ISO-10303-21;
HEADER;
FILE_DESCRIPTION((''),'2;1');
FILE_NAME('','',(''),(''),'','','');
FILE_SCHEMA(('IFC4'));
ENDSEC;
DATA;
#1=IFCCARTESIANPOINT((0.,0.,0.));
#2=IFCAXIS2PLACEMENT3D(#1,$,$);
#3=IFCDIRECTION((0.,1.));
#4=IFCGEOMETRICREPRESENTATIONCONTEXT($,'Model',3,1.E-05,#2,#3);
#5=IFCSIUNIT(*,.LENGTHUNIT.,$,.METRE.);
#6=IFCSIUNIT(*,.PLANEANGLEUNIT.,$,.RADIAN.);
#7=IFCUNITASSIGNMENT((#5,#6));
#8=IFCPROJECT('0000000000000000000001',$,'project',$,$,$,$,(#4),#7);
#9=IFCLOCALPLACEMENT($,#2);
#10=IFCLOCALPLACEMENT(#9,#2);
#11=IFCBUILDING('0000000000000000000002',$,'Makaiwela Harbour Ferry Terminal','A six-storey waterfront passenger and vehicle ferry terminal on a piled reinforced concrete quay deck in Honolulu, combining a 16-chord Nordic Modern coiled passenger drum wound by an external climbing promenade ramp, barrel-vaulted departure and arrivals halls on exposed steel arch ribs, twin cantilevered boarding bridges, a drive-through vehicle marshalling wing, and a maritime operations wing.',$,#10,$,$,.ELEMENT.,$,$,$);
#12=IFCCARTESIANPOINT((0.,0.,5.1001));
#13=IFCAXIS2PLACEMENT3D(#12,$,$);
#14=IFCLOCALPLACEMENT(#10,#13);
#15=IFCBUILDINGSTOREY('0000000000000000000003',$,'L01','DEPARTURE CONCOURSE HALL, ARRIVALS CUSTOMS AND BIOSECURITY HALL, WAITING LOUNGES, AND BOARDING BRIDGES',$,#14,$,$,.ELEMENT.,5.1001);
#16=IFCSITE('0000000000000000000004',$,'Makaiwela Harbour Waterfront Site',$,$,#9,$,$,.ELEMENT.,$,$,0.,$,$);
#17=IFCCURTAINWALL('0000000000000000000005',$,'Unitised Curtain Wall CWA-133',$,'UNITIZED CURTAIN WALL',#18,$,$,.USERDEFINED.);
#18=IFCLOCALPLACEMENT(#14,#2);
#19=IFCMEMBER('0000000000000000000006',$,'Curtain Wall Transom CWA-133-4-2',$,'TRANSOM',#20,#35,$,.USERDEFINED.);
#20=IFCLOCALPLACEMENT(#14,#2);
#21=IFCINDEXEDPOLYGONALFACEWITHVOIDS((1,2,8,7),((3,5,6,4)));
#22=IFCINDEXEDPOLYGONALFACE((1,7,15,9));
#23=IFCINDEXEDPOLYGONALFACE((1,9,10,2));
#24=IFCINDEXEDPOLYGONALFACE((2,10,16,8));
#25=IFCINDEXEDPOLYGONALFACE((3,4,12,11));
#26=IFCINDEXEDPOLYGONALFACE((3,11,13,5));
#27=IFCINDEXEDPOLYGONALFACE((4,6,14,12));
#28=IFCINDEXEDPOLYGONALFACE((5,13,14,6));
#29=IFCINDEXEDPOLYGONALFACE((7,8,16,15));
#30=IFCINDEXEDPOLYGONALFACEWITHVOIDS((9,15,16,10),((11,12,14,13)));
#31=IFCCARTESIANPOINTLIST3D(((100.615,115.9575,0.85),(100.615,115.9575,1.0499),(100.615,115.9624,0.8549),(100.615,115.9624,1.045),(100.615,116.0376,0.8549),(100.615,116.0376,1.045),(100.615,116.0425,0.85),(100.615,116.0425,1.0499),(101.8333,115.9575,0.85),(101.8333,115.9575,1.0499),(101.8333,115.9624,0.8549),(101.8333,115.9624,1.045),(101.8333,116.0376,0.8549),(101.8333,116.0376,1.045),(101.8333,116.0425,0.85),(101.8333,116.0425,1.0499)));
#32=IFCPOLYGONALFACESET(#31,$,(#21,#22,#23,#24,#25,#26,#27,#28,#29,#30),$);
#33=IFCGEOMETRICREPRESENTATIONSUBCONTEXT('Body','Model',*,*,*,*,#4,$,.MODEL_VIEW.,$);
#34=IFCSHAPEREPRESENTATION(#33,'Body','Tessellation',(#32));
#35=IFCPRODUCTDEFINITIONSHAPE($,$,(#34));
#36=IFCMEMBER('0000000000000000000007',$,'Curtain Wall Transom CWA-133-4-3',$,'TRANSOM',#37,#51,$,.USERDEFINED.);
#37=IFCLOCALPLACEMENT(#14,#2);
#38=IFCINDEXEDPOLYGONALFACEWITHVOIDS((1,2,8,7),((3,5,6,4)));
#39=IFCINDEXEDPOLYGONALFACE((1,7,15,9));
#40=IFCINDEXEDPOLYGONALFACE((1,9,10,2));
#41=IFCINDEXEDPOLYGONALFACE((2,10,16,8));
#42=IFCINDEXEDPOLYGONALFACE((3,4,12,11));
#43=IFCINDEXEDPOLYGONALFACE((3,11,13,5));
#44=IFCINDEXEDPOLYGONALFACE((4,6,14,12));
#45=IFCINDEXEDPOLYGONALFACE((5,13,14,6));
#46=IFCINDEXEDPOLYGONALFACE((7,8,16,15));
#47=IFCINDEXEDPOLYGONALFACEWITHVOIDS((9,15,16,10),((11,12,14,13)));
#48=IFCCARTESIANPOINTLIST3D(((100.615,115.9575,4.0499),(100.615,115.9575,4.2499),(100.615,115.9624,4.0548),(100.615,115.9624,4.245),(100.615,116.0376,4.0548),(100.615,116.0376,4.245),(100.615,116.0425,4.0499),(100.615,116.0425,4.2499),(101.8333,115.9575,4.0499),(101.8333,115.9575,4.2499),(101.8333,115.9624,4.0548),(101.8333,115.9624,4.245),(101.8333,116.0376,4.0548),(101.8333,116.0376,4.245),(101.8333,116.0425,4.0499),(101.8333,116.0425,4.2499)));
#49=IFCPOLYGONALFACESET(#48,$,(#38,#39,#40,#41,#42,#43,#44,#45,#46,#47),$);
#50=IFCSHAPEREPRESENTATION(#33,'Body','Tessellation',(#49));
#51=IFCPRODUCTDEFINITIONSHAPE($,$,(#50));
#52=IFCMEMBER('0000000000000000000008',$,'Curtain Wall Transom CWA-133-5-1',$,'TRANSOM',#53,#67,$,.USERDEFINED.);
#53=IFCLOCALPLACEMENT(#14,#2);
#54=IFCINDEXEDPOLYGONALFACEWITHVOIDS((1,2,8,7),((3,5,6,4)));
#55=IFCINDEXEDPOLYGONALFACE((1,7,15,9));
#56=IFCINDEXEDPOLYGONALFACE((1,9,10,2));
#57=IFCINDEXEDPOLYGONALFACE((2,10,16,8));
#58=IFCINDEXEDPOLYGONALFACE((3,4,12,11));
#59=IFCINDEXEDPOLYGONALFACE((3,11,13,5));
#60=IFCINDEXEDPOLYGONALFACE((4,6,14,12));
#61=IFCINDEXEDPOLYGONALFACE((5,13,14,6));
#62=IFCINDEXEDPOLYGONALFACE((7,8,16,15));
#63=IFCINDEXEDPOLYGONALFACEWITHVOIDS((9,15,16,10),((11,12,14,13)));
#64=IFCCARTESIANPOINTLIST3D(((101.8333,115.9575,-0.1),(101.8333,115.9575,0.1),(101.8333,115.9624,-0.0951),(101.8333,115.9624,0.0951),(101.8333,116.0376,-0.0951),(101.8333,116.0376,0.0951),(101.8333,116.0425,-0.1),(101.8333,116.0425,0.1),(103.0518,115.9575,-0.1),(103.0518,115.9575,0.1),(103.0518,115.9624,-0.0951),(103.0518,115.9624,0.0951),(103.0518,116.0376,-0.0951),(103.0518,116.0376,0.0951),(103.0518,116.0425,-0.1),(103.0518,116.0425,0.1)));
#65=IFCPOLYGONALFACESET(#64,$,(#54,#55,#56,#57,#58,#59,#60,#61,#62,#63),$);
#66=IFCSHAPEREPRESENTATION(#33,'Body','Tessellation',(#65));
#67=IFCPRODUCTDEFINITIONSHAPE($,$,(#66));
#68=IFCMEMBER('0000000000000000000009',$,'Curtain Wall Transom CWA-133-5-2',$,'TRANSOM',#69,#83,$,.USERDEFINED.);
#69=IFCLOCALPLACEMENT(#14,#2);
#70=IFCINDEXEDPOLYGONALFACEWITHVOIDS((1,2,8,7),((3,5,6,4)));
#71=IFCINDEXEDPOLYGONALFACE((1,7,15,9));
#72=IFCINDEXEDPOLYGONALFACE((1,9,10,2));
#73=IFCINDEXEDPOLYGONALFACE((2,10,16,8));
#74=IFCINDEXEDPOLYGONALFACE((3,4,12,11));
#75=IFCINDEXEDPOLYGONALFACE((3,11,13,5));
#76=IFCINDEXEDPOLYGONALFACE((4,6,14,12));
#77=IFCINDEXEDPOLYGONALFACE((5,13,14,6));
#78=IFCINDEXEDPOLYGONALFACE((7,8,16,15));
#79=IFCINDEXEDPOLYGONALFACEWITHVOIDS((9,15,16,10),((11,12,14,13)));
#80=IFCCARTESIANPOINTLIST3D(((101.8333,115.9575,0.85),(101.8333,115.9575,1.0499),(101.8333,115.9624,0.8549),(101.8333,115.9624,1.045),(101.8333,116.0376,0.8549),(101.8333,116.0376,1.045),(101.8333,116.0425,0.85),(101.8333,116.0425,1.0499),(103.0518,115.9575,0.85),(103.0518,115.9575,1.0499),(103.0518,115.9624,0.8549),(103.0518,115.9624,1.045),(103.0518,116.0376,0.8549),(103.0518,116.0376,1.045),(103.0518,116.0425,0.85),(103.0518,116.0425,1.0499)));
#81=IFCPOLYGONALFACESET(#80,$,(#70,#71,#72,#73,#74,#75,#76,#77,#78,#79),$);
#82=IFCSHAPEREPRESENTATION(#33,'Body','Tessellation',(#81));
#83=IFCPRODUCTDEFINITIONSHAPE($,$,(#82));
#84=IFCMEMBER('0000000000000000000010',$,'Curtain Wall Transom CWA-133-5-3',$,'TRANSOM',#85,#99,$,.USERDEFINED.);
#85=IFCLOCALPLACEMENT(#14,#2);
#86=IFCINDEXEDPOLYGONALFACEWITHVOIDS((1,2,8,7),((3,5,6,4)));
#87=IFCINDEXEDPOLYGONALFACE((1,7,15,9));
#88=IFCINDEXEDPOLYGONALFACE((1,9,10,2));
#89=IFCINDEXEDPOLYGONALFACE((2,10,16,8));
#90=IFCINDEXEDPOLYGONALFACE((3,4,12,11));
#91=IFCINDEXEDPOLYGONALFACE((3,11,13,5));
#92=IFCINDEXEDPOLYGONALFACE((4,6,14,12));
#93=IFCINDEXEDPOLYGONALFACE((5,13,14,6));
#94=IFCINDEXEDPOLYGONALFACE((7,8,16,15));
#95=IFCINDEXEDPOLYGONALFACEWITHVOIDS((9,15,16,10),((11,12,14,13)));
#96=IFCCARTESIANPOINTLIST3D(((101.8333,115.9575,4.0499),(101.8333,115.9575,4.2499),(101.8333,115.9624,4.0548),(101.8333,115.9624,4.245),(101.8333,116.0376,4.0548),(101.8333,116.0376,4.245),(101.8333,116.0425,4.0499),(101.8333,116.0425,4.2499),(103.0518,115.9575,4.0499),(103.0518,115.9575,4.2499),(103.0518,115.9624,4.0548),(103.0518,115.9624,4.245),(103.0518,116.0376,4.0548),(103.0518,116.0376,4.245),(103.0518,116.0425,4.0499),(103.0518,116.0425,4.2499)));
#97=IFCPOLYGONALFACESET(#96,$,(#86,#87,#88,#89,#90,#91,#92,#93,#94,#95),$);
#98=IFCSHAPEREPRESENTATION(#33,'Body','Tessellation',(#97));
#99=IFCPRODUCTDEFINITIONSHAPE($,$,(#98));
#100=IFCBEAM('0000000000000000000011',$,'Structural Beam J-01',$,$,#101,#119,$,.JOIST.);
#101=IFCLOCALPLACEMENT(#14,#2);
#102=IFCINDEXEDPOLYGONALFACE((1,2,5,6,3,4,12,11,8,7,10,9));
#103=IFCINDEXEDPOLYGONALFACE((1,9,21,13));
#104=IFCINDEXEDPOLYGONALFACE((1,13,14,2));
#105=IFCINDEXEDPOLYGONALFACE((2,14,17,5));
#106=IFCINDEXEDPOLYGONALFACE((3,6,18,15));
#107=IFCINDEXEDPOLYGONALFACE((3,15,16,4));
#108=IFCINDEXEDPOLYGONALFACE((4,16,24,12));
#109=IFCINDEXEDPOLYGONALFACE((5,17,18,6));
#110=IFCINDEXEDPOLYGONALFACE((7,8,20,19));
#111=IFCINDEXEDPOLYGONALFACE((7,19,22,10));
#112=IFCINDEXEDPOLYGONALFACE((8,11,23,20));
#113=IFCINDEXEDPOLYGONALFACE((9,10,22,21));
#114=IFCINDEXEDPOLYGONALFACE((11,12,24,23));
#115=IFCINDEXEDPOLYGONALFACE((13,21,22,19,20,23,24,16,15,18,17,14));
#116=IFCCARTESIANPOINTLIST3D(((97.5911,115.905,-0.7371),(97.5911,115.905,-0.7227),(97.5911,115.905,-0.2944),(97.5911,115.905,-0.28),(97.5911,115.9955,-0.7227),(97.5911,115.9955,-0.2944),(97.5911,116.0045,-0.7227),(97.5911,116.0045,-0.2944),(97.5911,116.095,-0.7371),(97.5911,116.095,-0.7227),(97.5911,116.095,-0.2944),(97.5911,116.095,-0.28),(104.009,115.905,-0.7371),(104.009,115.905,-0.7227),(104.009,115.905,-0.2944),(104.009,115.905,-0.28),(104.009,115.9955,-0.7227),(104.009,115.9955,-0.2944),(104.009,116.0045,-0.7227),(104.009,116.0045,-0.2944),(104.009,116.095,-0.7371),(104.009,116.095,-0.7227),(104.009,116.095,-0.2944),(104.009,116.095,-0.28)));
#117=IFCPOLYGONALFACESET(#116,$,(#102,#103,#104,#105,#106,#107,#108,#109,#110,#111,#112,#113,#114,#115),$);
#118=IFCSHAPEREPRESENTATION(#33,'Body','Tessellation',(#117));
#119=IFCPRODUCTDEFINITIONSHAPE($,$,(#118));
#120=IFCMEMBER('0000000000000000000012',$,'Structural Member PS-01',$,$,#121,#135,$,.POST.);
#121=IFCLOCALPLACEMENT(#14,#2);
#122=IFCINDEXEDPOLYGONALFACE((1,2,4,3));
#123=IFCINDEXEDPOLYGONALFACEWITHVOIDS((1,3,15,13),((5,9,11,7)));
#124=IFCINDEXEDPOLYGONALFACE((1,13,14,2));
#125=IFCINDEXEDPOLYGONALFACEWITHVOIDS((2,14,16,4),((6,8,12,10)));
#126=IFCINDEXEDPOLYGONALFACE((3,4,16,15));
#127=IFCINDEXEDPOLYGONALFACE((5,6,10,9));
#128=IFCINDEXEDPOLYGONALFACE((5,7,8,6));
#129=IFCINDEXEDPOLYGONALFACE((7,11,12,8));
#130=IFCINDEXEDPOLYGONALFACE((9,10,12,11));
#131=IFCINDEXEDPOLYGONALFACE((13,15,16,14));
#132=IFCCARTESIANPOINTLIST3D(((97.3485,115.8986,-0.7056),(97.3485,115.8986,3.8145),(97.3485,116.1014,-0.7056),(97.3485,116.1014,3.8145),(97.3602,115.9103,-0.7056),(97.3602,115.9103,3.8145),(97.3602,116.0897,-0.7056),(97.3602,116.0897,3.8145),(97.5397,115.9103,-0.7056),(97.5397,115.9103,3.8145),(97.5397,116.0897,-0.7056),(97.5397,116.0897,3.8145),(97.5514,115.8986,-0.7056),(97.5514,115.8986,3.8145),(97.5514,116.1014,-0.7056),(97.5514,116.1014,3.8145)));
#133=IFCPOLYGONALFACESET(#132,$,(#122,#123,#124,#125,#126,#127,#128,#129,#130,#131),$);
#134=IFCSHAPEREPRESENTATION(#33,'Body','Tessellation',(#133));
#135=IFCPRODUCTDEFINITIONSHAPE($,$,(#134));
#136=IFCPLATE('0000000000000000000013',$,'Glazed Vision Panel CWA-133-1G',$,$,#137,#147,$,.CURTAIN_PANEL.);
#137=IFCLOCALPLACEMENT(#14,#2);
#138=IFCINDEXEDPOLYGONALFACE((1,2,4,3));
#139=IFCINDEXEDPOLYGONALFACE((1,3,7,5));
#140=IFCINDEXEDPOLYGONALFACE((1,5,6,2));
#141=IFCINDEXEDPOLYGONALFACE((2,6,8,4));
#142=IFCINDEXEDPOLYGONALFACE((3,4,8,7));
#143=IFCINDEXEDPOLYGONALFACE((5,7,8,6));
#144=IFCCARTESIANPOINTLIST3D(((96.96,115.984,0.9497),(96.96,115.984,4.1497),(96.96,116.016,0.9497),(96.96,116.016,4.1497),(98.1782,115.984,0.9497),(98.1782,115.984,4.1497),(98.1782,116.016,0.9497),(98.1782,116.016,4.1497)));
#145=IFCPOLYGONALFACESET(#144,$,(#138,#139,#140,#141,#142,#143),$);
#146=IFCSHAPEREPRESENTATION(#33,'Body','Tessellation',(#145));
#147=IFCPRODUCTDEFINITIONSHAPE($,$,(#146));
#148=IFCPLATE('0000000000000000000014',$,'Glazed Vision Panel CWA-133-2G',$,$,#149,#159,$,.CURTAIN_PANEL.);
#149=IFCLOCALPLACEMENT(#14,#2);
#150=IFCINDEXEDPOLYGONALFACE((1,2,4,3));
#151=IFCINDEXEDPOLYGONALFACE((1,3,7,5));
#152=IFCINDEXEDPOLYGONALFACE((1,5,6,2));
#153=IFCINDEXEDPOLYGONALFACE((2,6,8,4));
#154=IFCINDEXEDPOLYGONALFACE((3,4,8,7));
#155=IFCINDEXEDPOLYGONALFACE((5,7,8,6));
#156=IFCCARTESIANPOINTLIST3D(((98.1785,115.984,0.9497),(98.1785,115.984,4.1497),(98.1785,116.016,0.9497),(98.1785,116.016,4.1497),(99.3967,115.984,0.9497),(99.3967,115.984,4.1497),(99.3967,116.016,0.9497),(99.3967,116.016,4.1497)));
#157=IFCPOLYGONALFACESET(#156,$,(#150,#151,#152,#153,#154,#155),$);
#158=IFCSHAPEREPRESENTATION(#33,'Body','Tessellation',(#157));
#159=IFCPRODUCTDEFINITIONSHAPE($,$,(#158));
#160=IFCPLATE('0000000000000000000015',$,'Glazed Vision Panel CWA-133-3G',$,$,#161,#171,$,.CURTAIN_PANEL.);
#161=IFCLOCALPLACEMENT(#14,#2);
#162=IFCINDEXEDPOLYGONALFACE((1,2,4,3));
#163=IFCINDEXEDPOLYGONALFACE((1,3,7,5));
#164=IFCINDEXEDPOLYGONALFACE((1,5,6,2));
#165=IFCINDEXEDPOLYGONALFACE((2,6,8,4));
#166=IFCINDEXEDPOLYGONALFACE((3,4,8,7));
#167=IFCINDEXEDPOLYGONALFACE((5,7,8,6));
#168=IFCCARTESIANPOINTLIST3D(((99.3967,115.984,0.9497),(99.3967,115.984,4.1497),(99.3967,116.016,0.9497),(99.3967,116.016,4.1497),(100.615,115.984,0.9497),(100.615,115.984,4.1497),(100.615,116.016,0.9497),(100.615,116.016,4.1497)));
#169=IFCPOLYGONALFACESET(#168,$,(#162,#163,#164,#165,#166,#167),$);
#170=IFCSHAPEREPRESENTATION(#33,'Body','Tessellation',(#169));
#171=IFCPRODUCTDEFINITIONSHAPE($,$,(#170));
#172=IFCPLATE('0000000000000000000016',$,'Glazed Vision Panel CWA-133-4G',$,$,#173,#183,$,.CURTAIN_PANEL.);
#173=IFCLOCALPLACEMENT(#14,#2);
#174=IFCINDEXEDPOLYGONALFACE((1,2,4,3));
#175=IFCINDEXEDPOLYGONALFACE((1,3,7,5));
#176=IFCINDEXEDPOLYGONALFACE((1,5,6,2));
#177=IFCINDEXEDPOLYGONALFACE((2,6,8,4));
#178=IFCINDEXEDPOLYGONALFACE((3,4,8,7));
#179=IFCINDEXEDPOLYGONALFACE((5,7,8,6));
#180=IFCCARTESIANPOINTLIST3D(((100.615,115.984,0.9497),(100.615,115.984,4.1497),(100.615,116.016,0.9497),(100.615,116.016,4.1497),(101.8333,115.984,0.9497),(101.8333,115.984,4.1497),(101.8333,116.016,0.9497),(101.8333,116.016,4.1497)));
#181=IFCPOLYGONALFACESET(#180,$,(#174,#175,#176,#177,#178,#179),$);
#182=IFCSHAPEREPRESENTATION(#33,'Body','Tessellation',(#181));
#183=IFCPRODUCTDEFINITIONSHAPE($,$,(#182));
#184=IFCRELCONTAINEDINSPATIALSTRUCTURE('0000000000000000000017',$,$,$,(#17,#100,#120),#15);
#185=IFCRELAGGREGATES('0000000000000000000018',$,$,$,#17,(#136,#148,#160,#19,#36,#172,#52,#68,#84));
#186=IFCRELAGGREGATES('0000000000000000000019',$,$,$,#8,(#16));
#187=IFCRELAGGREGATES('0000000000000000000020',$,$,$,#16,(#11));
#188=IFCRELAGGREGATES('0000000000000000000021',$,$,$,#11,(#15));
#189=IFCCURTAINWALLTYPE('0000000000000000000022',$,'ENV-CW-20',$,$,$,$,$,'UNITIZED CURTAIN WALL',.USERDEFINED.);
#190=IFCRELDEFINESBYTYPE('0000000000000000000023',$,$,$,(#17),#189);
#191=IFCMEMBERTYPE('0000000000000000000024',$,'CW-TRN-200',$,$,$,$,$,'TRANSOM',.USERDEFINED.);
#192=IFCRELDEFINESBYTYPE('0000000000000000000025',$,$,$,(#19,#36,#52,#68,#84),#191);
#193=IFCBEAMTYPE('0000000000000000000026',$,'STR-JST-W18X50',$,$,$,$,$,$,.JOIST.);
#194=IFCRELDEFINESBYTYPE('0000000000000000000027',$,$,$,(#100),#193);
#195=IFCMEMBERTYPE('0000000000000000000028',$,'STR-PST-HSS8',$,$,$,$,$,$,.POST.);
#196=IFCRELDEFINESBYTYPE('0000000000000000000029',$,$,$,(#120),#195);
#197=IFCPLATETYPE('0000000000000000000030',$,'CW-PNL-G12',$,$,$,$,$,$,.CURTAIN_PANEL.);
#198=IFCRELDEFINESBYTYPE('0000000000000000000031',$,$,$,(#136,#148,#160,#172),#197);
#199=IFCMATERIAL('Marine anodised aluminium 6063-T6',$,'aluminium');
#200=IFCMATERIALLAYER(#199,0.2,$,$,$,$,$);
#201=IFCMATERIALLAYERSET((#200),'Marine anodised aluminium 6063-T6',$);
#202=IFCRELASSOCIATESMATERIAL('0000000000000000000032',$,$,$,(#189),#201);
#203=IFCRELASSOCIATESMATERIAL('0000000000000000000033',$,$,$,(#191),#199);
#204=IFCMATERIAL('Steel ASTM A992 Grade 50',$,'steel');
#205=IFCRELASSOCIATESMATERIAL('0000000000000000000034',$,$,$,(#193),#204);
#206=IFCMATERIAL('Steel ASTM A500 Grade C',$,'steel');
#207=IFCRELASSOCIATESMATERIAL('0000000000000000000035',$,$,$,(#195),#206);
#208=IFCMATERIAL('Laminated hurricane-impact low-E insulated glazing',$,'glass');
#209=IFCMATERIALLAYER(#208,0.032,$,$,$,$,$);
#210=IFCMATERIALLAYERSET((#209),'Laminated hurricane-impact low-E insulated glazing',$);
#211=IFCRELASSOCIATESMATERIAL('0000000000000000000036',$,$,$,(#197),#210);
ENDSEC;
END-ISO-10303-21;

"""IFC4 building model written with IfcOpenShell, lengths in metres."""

from ifc_helpers import new_model, si_unit, direction, frame, origin, origin_2d, place, context, subcontext, project, spatial, rectangle, hollow_rectangle, i_section, extrude, material, layer, layer_set, material_profile, profile_set, type_object, element, aggregate, save


model = new_model("IFC4")

# Units and contexts
model_context = context("Model", 3, precision=1e-05, world=origin(), true_north=direction((0.0, 1.0)))
body_context = subcontext(model_context, "Body", "Model", "MODEL_VIEW")
ifc_project = project(units=[si_unit("LENGTHUNIT", "METRE"), si_unit("PLANEANGLEUNIT", "RADIAN")], contexts=[model_context])

# Site, building, storey
site_placement = place(None, origin())
site = spatial("IfcSite", under=ifc_project, at=site_placement, Name="Makaiwela Harbour Waterfront Site", CompositionType="ELEMENT", RefElevation=0.0)
building_placement = place(site_placement, origin())
building = spatial("IfcBuilding", under=site, at=building_placement, Name="Makaiwela Harbour Ferry Terminal", Description="A six-storey waterfront passenger and vehicle ferry terminal on a piled reinforced concrete quay deck in Honolulu, combining a 16-chord Nordic Modern coiled passenger drum wound by an external climbing promenade ramp, barrel-vaulted departure and arrivals halls on exposed steel arch ribs, twin cantilevered boarding bridges, a drive-through vehicle marshalling wing, and a maritime operations wing.", CompositionType="ELEMENT")
storey_placement = place(building_placement, frame((0.0, 0.0, 5.1001)))
storey = spatial("IfcBuildingStorey", under=building, at=storey_placement, Name="L01", Description="DEPARTURE CONCOURSE HALL, ARRIVALS CUSTOMS AND BIOSECURITY HALL, WAITING LOUNGES, AND BOARDING BRIDGES", CompositionType="ELEMENT", Elevation=5.1001)

# Curtain wall, members
ifc_material_1 = material(Name="Marine anodised aluminium 6063-T6", Category="aluminium")
ifc_layer_1 = layer(ifc_material_1, 0.2)
ifc_layer_set_1 = layer_set([ifc_layer_1], Name="Marine anodised aluminium 6063-T6")
curtain_wall_type = type_object("IfcCurtainWallType", Name="ENV-CW-20", ElementType="UNITIZED CURTAIN WALL", PredefinedType="USERDEFINED", material=ifc_layer_set_1)
curtain_wall_placement = place(storey_placement, origin())
curtain_wall = element("IfcCurtainWall", 1, at=curtain_wall_placement, inside=storey, type_object=curtain_wall_type, Name="Unitised Curtain Wall CWA-133", ObjectType="UNITIZED CURTAIN WALL", PredefinedType="USERDEFINED")
ifc_material_profile_1 = material_profile(ifc_material_1, hollow_rectangle(XDim=0.085, YDim=0.2, WallThickness=0.0049, at=origin_2d()), Name="CWT-200X85")
ifc_profile_set_1 = profile_set([ifc_material_profile_1], Name="Marine anodised aluminium 6063-T6")
member_type_1 = type_object("IfcMemberType", Name="CW-TRN-200", ElementType="TRANSOM", PredefinedType="USERDEFINED", material=ifc_profile_set_1)
member_1_placement = place(storey_placement, frame((100.615, 116.0, 0.95), z_axis=(1.0, 0.0, 0.0), x_axis=(0.0, 1.0, 0.0)))
member_1 = element("IfcMember", 2, at=member_1_placement, type_object=member_type_1, Name="Curtain Wall Transom CWA-133-4-2", ObjectType="TRANSOM", PredefinedType="USERDEFINED", context=body_context, shape_type="SweptSolid", body=[
    extrude(hollow_rectangle(XDim=0.085, YDim=0.2, WallThickness=0.0049, at=origin_2d()), origin(), (0.0, 0.0, 1.0), 1.2183),
])
member_2_placement = place(storey_placement, frame((100.615, 116.0, 4.1499), z_axis=(1.0, 0.0, 0.0), x_axis=(0.0, 1.0, 0.0)))
member_2 = element("IfcMember", 3, at=member_2_placement, type_object=member_type_1, Name="Curtain Wall Transom CWA-133-4-3", ObjectType="TRANSOM", PredefinedType="USERDEFINED", context=body_context, shape_type="SweptSolid", body=[
    extrude(hollow_rectangle(XDim=0.085, YDim=0.2, WallThickness=0.0049, at=origin_2d()), origin(), (0.0, 0.0, 1.0), 1.2183),
])
member_3_placement = place(storey_placement, frame((101.8333, 116.0, 0.0), z_axis=(1.0, 0.0, 0.0), x_axis=(0.0, 1.0, 0.0)))
member_3 = element("IfcMember", 4, at=member_3_placement, type_object=member_type_1, Name="Curtain Wall Transom CWA-133-5-1", ObjectType="TRANSOM", PredefinedType="USERDEFINED", context=body_context, shape_type="SweptSolid", body=[
    extrude(hollow_rectangle(XDim=0.085, YDim=0.2, WallThickness=0.0049, at=origin_2d()), origin(), (0.0, 0.0, 1.0), 1.2185),
])
member_4_placement = place(storey_placement, frame((101.8333, 116.0, 0.95), z_axis=(1.0, 0.0, 0.0), x_axis=(0.0, 1.0, 0.0)))
member_4 = element("IfcMember", 5, at=member_4_placement, type_object=member_type_1, Name="Curtain Wall Transom CWA-133-5-2", ObjectType="TRANSOM", PredefinedType="USERDEFINED", context=body_context, shape_type="SweptSolid", body=[
    extrude(hollow_rectangle(XDim=0.085, YDim=0.2, WallThickness=0.0049, at=origin_2d()), origin(), (0.0, 0.0, 1.0), 1.2185),
])
member_5_placement = place(storey_placement, frame((101.8333, 116.0, 4.1499), z_axis=(1.0, 0.0, 0.0), x_axis=(0.0, 1.0, 0.0)))
member_5 = element("IfcMember", 6, at=member_5_placement, type_object=member_type_1, Name="Curtain Wall Transom CWA-133-5-3", ObjectType="TRANSOM", PredefinedType="USERDEFINED", context=body_context, shape_type="SweptSolid", body=[
    extrude(hollow_rectangle(XDim=0.085, YDim=0.2, WallThickness=0.0049, at=origin_2d()), origin(), (0.0, 0.0, 1.0), 1.2185),
])

# Beam
ifc_material_2 = material(Name="Steel ASTM A992 Grade 50", Category="steel")
ifc_material_profile_2 = material_profile(ifc_material_2, i_section(OverallWidth=0.1899, OverallDepth=0.457, WebThickness=0.009, FlangeThickness=0.0144, at=origin_2d()), Name="W18X50")
ifc_profile_set_2 = profile_set([ifc_material_profile_2], Name="Steel ASTM A992 Grade 50")
beam_type = type_object("IfcBeamType", Name="STR-JST-W18X50", PredefinedType="JOIST", material=ifc_profile_set_2)
beam_placement = place(storey_placement, frame((97.5911, 116.0, -0.5085), z_axis=(1.0, 0.0, 0.0), x_axis=(0.0, 1.0, 0.0)))
element("IfcBeam", 7, at=beam_placement, inside=storey, type_object=beam_type, Name="Structural Beam J-01", PredefinedType="JOIST", context=body_context, shape_type="SweptSolid", body=[
    extrude(i_section(OverallWidth=0.1899, OverallDepth=0.457, WebThickness=0.009, FlangeThickness=0.0144, at=origin_2d()), origin(), (0.0, 0.0, 1.0), 6.418),
])

# Member
ifc_material_3 = material(Name="Steel ASTM A500 Grade C", Category="steel")
ifc_material_profile_3 = material_profile(ifc_material_3, hollow_rectangle(XDim=0.2029, YDim=0.2029, WallThickness=0.0117, at=origin_2d()), Name="HSS8X8X1/2")
ifc_profile_set_3 = profile_set([ifc_material_profile_3], Name="Steel ASTM A500 Grade C")
member_type_2 = type_object("IfcMemberType", Name="STR-PST-HSS8", PredefinedType="POST", material=ifc_profile_set_3)
member_6_placement = place(storey_placement, frame((97.45, 116.0, -0.7056), z_axis=(0.0, 0.0, 1.0), x_axis=(1.0, 0.0, 0.0)))
element("IfcMember", 8, at=member_6_placement, inside=storey, type_object=member_type_2, Name="Structural Member PS-01", PredefinedType="POST", context=body_context, shape_type="SweptSolid", body=[
    extrude(hollow_rectangle(XDim=0.2029, YDim=0.2029, WallThickness=0.0117, at=origin_2d()), origin(), (0.0, 0.0, 1.0), 4.52),
])

# Plates
ifc_material_4 = material(Name="Laminated hurricane-impact low-E insulated glazing", Category="glass")
ifc_layer_2 = layer(ifc_material_4, 0.032)
ifc_layer_set_2 = layer_set([ifc_layer_2], Name="Laminated hurricane-impact low-E insulated glazing")
plate_type_1 = type_object("IfcPlateType", Name="CW-PNL-G12", PredefinedType="CURTAIN_PANEL", material=ifc_layer_set_2)
plate_1_placement = place(storey_placement, frame((97.5691, 116.0, 0.9497), z_axis=(0.0, 0.0, 1.0), x_axis=(1.0, 0.0, 0.0)))
plate_1 = element("IfcPlate", 9, at=plate_1_placement, type_object=plate_type_1, Name="Glazed Vision Panel CWA-133-1G", PredefinedType="CURTAIN_PANEL", context=body_context, shape_type="SweptSolid", body=[
    extrude(rectangle(XDim=1.2183, YDim=0.032, at=origin_2d()), origin(), (0.0, 0.0, 1.0), 3.2),
])
plate_2_placement = place(storey_placement, frame((98.7876, 116.0, 0.9497), z_axis=(0.0, 0.0, 1.0), x_axis=(1.0, 0.0, 0.0)))
plate_2 = element("IfcPlate", 10, at=plate_2_placement, type_object=plate_type_1, Name="Glazed Vision Panel CWA-133-2G", PredefinedType="CURTAIN_PANEL", context=body_context, shape_type="SweptSolid", body=[
    extrude(rectangle(XDim=1.2183, YDim=0.032, at=origin_2d()), origin(), (0.0, 0.0, 1.0), 3.2),
])
plate_3_placement = place(storey_placement, frame((100.0059, 116.0, 0.9497), z_axis=(0.0, 0.0, 1.0), x_axis=(1.0, 0.0, 0.0)))
plate_3 = element("IfcPlate", 11, at=plate_3_placement, type_object=plate_type_1, Name="Glazed Vision Panel CWA-133-3G", PredefinedType="CURTAIN_PANEL", context=body_context, shape_type="SweptSolid", body=[
    extrude(rectangle(XDim=1.2183, YDim=0.032, at=origin_2d()), origin(), (0.0, 0.0, 1.0), 3.2),
])
plate_4_placement = place(storey_placement, frame((101.2241, 116.0, 0.9497), z_axis=(0.0, 0.0, 1.0), x_axis=(1.0, 0.0, 0.0)))
plate_4 = element("IfcPlate", 12, at=plate_4_placement, type_object=plate_type_1, Name="Glazed Vision Panel CWA-133-4G", PredefinedType="CURTAIN_PANEL", context=body_context, shape_type="SweptSolid", body=[
    extrude(rectangle(XDim=1.2183, YDim=0.032, at=origin_2d()), origin(), (0.0, 0.0, 1.0), 3.2),
])
aggregate(curtain_wall, [plate_1, plate_2, plate_3, member_1, member_2, plate_4, member_3, member_4, member_5])

save(model, "model.ifc")
